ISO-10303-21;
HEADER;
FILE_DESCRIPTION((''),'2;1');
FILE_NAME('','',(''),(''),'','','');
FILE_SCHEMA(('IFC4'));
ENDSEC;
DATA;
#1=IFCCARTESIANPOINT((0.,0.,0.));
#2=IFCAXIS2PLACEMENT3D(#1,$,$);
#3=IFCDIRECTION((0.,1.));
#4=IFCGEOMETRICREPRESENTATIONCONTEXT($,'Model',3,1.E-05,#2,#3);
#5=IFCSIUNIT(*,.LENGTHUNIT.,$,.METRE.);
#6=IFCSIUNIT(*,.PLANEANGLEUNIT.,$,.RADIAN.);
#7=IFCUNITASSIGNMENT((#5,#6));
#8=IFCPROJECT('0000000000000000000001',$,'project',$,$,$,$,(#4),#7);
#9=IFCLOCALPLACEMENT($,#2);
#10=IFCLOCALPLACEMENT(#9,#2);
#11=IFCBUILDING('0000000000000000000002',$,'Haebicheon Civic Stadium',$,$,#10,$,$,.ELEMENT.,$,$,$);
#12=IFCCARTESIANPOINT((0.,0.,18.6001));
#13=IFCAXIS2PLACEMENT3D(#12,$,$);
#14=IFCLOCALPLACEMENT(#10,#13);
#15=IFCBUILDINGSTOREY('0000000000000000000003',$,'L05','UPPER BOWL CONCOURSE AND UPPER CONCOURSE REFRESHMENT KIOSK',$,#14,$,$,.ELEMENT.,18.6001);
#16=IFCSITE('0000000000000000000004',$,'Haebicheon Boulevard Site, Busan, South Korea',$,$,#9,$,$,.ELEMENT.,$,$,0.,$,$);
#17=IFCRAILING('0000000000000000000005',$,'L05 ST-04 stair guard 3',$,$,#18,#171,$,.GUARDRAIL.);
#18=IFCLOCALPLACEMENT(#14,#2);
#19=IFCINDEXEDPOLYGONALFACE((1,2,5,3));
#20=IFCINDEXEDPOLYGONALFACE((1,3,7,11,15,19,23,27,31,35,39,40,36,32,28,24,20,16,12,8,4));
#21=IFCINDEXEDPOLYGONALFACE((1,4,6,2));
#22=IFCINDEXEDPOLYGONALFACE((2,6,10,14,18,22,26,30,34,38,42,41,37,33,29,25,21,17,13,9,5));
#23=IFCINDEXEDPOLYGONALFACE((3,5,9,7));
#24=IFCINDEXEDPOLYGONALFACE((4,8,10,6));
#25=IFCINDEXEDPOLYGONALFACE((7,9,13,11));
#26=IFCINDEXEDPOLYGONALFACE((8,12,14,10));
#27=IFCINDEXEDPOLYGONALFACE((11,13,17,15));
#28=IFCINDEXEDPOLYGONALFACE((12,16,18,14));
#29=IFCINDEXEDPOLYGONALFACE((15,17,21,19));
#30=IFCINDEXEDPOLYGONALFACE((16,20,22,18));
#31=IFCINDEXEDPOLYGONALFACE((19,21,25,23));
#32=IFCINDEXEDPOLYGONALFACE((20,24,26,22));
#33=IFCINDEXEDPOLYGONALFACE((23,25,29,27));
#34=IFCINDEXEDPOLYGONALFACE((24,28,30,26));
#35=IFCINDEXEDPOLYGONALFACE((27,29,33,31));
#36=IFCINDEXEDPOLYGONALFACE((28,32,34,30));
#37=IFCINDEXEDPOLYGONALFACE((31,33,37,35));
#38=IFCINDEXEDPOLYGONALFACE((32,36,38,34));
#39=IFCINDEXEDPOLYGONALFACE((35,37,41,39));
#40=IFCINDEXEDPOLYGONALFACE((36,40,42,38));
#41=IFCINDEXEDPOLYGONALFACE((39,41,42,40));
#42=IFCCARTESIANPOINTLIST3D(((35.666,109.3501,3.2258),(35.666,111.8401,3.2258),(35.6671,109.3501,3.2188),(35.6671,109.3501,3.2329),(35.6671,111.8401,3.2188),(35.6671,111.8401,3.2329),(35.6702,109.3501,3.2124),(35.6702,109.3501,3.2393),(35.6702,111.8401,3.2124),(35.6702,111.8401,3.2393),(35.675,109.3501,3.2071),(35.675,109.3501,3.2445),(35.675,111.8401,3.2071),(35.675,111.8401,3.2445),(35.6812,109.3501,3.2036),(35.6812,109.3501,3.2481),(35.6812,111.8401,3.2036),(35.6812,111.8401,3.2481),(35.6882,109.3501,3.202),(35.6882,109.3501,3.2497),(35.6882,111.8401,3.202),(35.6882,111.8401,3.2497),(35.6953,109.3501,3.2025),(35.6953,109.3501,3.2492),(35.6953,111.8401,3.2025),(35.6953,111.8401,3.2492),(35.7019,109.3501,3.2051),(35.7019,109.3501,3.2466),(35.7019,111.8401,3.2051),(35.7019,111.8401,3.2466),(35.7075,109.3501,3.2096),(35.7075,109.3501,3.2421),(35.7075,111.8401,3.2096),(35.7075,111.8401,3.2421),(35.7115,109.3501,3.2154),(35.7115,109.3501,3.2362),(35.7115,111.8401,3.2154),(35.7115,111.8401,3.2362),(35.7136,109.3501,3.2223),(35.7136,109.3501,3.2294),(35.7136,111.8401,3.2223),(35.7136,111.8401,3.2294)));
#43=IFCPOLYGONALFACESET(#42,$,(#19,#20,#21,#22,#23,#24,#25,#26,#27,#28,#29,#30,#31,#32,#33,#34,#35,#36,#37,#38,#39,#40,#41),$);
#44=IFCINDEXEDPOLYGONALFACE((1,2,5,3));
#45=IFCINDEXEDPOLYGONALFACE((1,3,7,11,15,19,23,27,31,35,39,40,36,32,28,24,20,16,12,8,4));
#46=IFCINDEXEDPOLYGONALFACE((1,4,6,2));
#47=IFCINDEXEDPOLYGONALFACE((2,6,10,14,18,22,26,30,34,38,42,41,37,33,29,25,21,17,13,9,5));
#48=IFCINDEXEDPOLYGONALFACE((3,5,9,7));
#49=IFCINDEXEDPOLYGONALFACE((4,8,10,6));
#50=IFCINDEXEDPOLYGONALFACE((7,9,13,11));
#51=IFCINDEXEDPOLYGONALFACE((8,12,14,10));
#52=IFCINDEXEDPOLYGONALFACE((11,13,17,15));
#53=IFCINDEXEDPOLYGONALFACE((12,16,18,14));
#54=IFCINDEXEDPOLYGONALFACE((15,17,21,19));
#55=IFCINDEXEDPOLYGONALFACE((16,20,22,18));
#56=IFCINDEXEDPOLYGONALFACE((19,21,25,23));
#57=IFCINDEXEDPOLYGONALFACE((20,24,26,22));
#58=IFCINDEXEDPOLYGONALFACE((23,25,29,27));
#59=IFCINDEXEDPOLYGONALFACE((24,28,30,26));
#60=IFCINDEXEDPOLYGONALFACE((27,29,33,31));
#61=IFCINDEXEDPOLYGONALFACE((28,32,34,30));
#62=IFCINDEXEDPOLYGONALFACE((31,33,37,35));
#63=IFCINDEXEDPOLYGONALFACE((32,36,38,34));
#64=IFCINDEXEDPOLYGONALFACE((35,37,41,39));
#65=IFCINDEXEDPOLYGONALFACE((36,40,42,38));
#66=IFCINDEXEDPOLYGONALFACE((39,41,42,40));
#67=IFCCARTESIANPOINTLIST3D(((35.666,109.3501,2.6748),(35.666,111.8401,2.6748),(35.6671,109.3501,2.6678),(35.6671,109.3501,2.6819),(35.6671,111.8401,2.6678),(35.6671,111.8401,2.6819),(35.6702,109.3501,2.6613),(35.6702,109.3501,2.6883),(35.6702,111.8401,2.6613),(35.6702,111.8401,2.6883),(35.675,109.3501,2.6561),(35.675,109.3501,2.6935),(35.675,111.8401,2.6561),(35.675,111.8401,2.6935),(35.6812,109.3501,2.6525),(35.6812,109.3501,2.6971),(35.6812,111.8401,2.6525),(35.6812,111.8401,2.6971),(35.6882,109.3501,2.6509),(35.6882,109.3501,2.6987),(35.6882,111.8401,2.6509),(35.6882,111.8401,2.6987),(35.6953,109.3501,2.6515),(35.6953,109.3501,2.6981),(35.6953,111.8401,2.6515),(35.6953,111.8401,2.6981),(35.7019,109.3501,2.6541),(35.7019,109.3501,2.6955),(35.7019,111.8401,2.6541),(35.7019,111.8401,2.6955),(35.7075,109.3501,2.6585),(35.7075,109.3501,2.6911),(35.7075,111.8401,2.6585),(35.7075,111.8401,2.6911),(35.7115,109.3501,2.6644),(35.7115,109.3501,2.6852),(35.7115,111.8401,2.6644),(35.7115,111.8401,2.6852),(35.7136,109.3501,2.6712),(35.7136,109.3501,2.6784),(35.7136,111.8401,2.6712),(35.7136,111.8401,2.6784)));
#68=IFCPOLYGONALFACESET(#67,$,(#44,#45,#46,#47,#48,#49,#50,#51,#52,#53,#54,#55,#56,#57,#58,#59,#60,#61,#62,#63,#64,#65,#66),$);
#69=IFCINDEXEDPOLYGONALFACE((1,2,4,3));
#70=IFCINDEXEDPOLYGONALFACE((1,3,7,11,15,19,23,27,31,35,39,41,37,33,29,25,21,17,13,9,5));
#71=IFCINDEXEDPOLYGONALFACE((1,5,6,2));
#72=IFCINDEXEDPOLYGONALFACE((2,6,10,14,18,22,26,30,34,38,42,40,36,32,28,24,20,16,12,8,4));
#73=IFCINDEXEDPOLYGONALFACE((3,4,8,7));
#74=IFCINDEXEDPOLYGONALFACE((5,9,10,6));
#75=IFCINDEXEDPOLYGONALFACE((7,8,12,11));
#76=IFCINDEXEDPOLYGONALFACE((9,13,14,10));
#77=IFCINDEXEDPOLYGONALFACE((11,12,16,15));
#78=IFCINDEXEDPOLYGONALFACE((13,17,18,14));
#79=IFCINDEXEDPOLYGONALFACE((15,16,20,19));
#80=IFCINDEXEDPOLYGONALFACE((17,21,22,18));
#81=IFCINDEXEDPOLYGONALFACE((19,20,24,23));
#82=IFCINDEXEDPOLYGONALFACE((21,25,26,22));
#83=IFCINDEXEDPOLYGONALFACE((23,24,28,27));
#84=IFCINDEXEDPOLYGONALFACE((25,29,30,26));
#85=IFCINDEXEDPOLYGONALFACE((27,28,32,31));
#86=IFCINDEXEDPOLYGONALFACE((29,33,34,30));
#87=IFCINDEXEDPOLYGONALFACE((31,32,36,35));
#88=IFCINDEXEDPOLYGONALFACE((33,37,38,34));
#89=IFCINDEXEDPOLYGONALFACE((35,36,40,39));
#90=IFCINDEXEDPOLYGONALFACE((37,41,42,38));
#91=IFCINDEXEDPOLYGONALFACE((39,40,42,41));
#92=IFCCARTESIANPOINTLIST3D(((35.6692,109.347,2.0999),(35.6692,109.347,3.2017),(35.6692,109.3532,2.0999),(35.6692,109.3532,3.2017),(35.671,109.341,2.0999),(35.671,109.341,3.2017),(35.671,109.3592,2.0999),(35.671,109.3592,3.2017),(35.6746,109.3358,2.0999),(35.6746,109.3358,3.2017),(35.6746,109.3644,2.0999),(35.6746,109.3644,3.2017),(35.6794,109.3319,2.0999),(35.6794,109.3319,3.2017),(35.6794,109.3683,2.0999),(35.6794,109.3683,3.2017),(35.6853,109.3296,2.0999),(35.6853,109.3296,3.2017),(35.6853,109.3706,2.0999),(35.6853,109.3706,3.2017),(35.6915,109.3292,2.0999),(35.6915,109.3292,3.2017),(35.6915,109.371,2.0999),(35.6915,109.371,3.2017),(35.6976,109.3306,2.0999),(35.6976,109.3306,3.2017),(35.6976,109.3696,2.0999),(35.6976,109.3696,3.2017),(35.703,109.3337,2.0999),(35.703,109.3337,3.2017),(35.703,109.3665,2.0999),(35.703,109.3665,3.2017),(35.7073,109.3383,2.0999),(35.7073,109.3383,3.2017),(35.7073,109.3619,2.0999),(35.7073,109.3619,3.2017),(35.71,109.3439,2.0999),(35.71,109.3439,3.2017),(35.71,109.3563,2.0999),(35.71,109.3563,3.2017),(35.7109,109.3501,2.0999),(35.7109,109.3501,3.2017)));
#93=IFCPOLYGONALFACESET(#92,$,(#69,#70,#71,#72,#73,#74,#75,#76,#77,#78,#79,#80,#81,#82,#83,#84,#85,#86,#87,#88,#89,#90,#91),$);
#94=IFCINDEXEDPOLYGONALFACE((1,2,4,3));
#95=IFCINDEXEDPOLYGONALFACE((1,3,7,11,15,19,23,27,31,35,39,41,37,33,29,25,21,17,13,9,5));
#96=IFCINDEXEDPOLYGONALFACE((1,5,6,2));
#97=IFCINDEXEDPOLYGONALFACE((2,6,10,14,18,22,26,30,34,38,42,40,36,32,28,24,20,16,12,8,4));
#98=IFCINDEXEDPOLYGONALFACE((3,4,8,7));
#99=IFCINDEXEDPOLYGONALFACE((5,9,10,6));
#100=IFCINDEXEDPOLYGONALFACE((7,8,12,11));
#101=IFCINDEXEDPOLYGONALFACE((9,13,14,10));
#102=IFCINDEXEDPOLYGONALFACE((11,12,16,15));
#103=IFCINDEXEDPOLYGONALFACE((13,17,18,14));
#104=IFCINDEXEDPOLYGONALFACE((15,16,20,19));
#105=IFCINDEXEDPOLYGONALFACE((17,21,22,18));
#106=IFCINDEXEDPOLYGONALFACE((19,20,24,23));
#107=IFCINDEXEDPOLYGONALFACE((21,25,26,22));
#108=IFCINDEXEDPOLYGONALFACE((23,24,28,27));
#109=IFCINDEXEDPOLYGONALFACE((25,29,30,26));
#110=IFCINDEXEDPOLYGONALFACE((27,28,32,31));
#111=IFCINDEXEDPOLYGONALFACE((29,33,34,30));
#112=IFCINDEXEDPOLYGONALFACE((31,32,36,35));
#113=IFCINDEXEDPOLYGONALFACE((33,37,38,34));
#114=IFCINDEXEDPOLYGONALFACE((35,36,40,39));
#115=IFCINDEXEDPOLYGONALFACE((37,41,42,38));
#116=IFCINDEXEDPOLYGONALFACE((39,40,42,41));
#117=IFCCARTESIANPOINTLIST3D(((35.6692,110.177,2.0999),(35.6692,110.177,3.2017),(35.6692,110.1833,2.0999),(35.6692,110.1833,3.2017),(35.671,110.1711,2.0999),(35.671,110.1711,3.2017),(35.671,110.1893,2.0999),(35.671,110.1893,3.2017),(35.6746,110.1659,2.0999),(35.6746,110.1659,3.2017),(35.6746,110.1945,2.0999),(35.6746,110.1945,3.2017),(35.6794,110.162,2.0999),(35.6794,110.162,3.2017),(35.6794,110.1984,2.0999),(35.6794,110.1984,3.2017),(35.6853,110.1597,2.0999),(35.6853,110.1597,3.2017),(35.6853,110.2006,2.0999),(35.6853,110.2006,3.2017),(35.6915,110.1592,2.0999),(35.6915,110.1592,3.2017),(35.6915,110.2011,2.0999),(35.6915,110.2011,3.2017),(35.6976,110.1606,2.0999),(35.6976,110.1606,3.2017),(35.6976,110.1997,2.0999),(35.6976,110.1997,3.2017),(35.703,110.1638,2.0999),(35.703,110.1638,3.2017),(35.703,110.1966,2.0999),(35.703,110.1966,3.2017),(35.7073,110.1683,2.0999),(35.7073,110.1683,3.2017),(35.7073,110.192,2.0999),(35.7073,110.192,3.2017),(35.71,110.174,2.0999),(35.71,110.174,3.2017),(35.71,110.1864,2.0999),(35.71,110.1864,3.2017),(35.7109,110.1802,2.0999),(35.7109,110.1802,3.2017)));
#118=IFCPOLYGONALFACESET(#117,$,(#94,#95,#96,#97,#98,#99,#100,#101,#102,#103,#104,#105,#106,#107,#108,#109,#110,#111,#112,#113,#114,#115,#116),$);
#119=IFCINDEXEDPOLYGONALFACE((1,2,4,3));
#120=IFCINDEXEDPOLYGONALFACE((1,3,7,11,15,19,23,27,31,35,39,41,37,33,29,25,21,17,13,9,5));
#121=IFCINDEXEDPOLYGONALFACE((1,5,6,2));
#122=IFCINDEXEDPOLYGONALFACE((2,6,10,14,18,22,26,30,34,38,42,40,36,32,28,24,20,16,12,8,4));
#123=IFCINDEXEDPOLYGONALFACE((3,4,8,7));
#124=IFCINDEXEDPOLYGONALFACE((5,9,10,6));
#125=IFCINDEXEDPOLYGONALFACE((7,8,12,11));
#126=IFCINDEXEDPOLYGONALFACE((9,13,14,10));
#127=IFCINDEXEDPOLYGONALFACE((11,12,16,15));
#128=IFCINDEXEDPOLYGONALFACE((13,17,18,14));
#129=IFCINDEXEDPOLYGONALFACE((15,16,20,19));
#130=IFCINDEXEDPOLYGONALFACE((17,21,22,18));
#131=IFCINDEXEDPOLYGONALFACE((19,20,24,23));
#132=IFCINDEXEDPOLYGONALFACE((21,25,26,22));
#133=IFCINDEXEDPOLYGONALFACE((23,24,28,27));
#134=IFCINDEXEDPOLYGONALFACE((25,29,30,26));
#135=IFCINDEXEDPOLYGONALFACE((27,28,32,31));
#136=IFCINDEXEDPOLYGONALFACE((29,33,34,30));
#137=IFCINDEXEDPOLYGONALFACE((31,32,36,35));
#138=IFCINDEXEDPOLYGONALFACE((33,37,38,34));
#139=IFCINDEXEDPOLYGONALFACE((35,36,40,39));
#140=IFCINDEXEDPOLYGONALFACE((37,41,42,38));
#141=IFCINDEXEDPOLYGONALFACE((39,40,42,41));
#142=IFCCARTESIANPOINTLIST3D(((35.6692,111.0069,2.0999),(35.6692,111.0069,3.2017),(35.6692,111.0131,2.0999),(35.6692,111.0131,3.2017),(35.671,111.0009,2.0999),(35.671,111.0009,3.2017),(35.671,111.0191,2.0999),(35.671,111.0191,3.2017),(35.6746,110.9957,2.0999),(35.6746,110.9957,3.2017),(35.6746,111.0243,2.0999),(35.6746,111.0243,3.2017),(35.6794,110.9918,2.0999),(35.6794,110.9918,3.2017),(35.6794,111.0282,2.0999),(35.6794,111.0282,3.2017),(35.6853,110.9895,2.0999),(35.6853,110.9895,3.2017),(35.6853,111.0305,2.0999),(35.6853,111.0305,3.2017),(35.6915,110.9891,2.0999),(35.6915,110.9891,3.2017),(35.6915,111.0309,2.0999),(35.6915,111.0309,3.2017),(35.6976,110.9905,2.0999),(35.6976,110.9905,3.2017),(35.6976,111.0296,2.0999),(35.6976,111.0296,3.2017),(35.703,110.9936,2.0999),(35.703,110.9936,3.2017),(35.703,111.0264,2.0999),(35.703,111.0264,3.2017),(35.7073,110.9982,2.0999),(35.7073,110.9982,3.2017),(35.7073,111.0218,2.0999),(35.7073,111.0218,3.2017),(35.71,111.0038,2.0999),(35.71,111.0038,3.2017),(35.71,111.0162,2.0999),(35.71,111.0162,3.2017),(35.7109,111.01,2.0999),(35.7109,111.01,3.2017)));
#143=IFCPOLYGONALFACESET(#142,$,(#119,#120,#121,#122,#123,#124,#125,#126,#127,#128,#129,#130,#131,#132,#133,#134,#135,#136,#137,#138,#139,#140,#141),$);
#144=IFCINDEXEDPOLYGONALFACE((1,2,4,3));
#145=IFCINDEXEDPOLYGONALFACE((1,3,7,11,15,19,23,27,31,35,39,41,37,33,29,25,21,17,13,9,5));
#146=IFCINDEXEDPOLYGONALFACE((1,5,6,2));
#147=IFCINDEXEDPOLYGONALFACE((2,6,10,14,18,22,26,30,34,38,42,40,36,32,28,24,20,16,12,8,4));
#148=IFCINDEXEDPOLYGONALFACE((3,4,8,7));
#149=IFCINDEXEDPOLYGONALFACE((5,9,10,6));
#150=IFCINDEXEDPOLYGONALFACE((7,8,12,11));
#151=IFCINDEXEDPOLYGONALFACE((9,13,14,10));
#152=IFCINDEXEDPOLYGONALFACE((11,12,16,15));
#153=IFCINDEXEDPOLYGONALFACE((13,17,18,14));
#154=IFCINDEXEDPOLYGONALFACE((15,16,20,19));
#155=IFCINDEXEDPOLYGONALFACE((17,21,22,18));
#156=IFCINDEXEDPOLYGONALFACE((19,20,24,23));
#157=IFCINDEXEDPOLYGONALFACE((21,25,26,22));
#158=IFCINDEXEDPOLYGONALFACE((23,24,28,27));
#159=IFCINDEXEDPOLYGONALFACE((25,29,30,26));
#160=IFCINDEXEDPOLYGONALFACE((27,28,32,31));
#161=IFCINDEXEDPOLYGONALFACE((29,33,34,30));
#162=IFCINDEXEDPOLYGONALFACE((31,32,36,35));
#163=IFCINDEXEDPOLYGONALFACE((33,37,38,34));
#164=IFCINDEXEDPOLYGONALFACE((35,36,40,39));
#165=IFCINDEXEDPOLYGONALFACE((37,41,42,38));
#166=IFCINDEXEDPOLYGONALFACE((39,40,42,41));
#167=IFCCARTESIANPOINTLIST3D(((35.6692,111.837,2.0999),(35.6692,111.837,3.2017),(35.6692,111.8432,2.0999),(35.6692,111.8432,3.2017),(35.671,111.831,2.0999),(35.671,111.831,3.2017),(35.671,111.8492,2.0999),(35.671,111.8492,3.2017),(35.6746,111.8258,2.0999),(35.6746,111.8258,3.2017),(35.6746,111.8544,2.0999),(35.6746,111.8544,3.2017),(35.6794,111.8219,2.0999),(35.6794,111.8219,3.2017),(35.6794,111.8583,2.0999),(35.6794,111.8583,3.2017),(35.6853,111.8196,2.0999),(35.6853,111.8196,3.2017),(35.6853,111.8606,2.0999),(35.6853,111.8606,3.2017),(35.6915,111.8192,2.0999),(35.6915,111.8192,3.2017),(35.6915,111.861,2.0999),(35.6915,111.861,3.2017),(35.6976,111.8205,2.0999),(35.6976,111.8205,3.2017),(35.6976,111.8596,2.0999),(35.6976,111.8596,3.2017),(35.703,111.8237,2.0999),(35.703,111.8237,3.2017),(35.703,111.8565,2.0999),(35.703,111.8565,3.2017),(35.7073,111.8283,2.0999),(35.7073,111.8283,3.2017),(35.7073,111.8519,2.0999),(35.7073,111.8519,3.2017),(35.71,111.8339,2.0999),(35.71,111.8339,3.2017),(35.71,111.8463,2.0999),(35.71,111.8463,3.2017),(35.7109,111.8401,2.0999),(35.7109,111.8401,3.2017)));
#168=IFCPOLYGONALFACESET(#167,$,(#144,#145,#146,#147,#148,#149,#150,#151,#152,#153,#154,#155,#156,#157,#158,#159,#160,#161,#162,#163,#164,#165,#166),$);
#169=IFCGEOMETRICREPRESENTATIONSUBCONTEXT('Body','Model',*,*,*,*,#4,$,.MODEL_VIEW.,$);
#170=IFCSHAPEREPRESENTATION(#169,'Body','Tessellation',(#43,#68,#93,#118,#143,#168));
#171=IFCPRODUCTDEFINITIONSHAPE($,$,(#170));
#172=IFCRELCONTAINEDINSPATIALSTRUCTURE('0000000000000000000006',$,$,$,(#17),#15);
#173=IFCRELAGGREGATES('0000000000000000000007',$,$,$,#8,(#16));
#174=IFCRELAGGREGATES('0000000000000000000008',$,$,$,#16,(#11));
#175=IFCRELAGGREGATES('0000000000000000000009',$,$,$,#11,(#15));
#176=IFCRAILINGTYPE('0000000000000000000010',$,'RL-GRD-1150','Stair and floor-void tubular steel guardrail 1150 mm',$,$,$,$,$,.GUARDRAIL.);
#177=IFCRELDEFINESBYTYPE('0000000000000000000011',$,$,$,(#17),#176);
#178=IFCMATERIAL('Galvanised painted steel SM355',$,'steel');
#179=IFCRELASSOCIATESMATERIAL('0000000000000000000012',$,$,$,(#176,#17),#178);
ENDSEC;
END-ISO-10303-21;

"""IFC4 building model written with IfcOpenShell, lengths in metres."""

from ifc_helpers import new_model, si_unit, direction, frame, origin, origin_2d, place, context, subcontext, project, spatial, circle, extrude, material, type_object, element, save


model = new_model("IFC4")

# Units and contexts
model_context = context("Model", 3, precision=1e-05, world=origin(), true_north=direction((0.0, 1.0)))
body_context = subcontext(model_context, "Body", "Model", "MODEL_VIEW")
ifc_project = project(units=[si_unit("LENGTHUNIT", "METRE"), si_unit("PLANEANGLEUNIT", "RADIAN")], contexts=[model_context])

# Site, building, storey
site_placement = place(None, origin())
site = spatial("IfcSite", under=ifc_project, at=site_placement, Name="Haebicheon Boulevard Site, Busan, South Korea", CompositionType="ELEMENT", RefElevation=0.0)
building_placement = place(site_placement, origin())
building = spatial("IfcBuilding", under=site, at=building_placement, Name="Haebicheon Civic Stadium", CompositionType="ELEMENT")
storey_placement = place(building_placement, frame((0.0, 0.0, 18.6001)))
storey = spatial("IfcBuildingStorey", under=building, at=storey_placement, Name="L05", Description="UPPER BOWL CONCOURSE AND UPPER CONCOURSE REFRESHMENT KIOSK", CompositionType="ELEMENT", Elevation=18.6001)

# Railing
ifc_material_1 = material(Name="Galvanised painted steel SM355", Category="steel")
railing_type_1 = type_object("IfcRailingType", Name="RL-GRD-1150", Description="Stair and floor-void tubular steel guardrail 1150 mm", PredefinedType="GUARDRAIL", material=ifc_material_1)
for number, where, name in (
    (1, (35.6899, 109.3501, 2.0999), "L05 ST-04 stair guard 3"),
):
    element("IfcRailing", number, at=place(storey_placement, frame(where)), inside=storey, type_object=railing_type_1, material=ifc_material_1, Name=name, PredefinedType="GUARDRAIL", context=body_context, shape_type="SweptSolid", body=[
        extrude(circle(Radius=0.0239, at=origin_2d()), frame((0.0, 0.0, 1.126), z_axis=(0.0, 1.0, 0.0), x_axis=(-1.0, 0.0, 0.0)), (0.0, 0.0, 1.0), 2.49),
        extrude(circle(Radius=0.0239, at=origin_2d()), frame((0.0, 0.0, 0.575), z_axis=(0.0, 1.0, 0.0), x_axis=(-1.0, 0.0, 0.0)), (0.0, 0.0, 1.0), 2.49),
        extrude(circle(Radius=0.021, at=origin_2d()), origin(), (0.0, 0.0, 1.0), 1.1018),
        extrude(circle(Radius=0.021, at=origin_2d()), frame((0.0, 0.8301, 0.0)), (0.0, 0.0, 1.0), 1.1018),
        extrude(circle(Radius=0.021, at=origin_2d()), frame((0.0, 1.6599, 0.0)), (0.0, 0.0, 1.0), 1.1018),
        extrude(circle(Radius=0.021, at=origin_2d()), frame((0.0, 2.49, 0.0)), (0.0, 0.0, 1.0), 1.1018),
    ])

save(model, "model.ifc")
